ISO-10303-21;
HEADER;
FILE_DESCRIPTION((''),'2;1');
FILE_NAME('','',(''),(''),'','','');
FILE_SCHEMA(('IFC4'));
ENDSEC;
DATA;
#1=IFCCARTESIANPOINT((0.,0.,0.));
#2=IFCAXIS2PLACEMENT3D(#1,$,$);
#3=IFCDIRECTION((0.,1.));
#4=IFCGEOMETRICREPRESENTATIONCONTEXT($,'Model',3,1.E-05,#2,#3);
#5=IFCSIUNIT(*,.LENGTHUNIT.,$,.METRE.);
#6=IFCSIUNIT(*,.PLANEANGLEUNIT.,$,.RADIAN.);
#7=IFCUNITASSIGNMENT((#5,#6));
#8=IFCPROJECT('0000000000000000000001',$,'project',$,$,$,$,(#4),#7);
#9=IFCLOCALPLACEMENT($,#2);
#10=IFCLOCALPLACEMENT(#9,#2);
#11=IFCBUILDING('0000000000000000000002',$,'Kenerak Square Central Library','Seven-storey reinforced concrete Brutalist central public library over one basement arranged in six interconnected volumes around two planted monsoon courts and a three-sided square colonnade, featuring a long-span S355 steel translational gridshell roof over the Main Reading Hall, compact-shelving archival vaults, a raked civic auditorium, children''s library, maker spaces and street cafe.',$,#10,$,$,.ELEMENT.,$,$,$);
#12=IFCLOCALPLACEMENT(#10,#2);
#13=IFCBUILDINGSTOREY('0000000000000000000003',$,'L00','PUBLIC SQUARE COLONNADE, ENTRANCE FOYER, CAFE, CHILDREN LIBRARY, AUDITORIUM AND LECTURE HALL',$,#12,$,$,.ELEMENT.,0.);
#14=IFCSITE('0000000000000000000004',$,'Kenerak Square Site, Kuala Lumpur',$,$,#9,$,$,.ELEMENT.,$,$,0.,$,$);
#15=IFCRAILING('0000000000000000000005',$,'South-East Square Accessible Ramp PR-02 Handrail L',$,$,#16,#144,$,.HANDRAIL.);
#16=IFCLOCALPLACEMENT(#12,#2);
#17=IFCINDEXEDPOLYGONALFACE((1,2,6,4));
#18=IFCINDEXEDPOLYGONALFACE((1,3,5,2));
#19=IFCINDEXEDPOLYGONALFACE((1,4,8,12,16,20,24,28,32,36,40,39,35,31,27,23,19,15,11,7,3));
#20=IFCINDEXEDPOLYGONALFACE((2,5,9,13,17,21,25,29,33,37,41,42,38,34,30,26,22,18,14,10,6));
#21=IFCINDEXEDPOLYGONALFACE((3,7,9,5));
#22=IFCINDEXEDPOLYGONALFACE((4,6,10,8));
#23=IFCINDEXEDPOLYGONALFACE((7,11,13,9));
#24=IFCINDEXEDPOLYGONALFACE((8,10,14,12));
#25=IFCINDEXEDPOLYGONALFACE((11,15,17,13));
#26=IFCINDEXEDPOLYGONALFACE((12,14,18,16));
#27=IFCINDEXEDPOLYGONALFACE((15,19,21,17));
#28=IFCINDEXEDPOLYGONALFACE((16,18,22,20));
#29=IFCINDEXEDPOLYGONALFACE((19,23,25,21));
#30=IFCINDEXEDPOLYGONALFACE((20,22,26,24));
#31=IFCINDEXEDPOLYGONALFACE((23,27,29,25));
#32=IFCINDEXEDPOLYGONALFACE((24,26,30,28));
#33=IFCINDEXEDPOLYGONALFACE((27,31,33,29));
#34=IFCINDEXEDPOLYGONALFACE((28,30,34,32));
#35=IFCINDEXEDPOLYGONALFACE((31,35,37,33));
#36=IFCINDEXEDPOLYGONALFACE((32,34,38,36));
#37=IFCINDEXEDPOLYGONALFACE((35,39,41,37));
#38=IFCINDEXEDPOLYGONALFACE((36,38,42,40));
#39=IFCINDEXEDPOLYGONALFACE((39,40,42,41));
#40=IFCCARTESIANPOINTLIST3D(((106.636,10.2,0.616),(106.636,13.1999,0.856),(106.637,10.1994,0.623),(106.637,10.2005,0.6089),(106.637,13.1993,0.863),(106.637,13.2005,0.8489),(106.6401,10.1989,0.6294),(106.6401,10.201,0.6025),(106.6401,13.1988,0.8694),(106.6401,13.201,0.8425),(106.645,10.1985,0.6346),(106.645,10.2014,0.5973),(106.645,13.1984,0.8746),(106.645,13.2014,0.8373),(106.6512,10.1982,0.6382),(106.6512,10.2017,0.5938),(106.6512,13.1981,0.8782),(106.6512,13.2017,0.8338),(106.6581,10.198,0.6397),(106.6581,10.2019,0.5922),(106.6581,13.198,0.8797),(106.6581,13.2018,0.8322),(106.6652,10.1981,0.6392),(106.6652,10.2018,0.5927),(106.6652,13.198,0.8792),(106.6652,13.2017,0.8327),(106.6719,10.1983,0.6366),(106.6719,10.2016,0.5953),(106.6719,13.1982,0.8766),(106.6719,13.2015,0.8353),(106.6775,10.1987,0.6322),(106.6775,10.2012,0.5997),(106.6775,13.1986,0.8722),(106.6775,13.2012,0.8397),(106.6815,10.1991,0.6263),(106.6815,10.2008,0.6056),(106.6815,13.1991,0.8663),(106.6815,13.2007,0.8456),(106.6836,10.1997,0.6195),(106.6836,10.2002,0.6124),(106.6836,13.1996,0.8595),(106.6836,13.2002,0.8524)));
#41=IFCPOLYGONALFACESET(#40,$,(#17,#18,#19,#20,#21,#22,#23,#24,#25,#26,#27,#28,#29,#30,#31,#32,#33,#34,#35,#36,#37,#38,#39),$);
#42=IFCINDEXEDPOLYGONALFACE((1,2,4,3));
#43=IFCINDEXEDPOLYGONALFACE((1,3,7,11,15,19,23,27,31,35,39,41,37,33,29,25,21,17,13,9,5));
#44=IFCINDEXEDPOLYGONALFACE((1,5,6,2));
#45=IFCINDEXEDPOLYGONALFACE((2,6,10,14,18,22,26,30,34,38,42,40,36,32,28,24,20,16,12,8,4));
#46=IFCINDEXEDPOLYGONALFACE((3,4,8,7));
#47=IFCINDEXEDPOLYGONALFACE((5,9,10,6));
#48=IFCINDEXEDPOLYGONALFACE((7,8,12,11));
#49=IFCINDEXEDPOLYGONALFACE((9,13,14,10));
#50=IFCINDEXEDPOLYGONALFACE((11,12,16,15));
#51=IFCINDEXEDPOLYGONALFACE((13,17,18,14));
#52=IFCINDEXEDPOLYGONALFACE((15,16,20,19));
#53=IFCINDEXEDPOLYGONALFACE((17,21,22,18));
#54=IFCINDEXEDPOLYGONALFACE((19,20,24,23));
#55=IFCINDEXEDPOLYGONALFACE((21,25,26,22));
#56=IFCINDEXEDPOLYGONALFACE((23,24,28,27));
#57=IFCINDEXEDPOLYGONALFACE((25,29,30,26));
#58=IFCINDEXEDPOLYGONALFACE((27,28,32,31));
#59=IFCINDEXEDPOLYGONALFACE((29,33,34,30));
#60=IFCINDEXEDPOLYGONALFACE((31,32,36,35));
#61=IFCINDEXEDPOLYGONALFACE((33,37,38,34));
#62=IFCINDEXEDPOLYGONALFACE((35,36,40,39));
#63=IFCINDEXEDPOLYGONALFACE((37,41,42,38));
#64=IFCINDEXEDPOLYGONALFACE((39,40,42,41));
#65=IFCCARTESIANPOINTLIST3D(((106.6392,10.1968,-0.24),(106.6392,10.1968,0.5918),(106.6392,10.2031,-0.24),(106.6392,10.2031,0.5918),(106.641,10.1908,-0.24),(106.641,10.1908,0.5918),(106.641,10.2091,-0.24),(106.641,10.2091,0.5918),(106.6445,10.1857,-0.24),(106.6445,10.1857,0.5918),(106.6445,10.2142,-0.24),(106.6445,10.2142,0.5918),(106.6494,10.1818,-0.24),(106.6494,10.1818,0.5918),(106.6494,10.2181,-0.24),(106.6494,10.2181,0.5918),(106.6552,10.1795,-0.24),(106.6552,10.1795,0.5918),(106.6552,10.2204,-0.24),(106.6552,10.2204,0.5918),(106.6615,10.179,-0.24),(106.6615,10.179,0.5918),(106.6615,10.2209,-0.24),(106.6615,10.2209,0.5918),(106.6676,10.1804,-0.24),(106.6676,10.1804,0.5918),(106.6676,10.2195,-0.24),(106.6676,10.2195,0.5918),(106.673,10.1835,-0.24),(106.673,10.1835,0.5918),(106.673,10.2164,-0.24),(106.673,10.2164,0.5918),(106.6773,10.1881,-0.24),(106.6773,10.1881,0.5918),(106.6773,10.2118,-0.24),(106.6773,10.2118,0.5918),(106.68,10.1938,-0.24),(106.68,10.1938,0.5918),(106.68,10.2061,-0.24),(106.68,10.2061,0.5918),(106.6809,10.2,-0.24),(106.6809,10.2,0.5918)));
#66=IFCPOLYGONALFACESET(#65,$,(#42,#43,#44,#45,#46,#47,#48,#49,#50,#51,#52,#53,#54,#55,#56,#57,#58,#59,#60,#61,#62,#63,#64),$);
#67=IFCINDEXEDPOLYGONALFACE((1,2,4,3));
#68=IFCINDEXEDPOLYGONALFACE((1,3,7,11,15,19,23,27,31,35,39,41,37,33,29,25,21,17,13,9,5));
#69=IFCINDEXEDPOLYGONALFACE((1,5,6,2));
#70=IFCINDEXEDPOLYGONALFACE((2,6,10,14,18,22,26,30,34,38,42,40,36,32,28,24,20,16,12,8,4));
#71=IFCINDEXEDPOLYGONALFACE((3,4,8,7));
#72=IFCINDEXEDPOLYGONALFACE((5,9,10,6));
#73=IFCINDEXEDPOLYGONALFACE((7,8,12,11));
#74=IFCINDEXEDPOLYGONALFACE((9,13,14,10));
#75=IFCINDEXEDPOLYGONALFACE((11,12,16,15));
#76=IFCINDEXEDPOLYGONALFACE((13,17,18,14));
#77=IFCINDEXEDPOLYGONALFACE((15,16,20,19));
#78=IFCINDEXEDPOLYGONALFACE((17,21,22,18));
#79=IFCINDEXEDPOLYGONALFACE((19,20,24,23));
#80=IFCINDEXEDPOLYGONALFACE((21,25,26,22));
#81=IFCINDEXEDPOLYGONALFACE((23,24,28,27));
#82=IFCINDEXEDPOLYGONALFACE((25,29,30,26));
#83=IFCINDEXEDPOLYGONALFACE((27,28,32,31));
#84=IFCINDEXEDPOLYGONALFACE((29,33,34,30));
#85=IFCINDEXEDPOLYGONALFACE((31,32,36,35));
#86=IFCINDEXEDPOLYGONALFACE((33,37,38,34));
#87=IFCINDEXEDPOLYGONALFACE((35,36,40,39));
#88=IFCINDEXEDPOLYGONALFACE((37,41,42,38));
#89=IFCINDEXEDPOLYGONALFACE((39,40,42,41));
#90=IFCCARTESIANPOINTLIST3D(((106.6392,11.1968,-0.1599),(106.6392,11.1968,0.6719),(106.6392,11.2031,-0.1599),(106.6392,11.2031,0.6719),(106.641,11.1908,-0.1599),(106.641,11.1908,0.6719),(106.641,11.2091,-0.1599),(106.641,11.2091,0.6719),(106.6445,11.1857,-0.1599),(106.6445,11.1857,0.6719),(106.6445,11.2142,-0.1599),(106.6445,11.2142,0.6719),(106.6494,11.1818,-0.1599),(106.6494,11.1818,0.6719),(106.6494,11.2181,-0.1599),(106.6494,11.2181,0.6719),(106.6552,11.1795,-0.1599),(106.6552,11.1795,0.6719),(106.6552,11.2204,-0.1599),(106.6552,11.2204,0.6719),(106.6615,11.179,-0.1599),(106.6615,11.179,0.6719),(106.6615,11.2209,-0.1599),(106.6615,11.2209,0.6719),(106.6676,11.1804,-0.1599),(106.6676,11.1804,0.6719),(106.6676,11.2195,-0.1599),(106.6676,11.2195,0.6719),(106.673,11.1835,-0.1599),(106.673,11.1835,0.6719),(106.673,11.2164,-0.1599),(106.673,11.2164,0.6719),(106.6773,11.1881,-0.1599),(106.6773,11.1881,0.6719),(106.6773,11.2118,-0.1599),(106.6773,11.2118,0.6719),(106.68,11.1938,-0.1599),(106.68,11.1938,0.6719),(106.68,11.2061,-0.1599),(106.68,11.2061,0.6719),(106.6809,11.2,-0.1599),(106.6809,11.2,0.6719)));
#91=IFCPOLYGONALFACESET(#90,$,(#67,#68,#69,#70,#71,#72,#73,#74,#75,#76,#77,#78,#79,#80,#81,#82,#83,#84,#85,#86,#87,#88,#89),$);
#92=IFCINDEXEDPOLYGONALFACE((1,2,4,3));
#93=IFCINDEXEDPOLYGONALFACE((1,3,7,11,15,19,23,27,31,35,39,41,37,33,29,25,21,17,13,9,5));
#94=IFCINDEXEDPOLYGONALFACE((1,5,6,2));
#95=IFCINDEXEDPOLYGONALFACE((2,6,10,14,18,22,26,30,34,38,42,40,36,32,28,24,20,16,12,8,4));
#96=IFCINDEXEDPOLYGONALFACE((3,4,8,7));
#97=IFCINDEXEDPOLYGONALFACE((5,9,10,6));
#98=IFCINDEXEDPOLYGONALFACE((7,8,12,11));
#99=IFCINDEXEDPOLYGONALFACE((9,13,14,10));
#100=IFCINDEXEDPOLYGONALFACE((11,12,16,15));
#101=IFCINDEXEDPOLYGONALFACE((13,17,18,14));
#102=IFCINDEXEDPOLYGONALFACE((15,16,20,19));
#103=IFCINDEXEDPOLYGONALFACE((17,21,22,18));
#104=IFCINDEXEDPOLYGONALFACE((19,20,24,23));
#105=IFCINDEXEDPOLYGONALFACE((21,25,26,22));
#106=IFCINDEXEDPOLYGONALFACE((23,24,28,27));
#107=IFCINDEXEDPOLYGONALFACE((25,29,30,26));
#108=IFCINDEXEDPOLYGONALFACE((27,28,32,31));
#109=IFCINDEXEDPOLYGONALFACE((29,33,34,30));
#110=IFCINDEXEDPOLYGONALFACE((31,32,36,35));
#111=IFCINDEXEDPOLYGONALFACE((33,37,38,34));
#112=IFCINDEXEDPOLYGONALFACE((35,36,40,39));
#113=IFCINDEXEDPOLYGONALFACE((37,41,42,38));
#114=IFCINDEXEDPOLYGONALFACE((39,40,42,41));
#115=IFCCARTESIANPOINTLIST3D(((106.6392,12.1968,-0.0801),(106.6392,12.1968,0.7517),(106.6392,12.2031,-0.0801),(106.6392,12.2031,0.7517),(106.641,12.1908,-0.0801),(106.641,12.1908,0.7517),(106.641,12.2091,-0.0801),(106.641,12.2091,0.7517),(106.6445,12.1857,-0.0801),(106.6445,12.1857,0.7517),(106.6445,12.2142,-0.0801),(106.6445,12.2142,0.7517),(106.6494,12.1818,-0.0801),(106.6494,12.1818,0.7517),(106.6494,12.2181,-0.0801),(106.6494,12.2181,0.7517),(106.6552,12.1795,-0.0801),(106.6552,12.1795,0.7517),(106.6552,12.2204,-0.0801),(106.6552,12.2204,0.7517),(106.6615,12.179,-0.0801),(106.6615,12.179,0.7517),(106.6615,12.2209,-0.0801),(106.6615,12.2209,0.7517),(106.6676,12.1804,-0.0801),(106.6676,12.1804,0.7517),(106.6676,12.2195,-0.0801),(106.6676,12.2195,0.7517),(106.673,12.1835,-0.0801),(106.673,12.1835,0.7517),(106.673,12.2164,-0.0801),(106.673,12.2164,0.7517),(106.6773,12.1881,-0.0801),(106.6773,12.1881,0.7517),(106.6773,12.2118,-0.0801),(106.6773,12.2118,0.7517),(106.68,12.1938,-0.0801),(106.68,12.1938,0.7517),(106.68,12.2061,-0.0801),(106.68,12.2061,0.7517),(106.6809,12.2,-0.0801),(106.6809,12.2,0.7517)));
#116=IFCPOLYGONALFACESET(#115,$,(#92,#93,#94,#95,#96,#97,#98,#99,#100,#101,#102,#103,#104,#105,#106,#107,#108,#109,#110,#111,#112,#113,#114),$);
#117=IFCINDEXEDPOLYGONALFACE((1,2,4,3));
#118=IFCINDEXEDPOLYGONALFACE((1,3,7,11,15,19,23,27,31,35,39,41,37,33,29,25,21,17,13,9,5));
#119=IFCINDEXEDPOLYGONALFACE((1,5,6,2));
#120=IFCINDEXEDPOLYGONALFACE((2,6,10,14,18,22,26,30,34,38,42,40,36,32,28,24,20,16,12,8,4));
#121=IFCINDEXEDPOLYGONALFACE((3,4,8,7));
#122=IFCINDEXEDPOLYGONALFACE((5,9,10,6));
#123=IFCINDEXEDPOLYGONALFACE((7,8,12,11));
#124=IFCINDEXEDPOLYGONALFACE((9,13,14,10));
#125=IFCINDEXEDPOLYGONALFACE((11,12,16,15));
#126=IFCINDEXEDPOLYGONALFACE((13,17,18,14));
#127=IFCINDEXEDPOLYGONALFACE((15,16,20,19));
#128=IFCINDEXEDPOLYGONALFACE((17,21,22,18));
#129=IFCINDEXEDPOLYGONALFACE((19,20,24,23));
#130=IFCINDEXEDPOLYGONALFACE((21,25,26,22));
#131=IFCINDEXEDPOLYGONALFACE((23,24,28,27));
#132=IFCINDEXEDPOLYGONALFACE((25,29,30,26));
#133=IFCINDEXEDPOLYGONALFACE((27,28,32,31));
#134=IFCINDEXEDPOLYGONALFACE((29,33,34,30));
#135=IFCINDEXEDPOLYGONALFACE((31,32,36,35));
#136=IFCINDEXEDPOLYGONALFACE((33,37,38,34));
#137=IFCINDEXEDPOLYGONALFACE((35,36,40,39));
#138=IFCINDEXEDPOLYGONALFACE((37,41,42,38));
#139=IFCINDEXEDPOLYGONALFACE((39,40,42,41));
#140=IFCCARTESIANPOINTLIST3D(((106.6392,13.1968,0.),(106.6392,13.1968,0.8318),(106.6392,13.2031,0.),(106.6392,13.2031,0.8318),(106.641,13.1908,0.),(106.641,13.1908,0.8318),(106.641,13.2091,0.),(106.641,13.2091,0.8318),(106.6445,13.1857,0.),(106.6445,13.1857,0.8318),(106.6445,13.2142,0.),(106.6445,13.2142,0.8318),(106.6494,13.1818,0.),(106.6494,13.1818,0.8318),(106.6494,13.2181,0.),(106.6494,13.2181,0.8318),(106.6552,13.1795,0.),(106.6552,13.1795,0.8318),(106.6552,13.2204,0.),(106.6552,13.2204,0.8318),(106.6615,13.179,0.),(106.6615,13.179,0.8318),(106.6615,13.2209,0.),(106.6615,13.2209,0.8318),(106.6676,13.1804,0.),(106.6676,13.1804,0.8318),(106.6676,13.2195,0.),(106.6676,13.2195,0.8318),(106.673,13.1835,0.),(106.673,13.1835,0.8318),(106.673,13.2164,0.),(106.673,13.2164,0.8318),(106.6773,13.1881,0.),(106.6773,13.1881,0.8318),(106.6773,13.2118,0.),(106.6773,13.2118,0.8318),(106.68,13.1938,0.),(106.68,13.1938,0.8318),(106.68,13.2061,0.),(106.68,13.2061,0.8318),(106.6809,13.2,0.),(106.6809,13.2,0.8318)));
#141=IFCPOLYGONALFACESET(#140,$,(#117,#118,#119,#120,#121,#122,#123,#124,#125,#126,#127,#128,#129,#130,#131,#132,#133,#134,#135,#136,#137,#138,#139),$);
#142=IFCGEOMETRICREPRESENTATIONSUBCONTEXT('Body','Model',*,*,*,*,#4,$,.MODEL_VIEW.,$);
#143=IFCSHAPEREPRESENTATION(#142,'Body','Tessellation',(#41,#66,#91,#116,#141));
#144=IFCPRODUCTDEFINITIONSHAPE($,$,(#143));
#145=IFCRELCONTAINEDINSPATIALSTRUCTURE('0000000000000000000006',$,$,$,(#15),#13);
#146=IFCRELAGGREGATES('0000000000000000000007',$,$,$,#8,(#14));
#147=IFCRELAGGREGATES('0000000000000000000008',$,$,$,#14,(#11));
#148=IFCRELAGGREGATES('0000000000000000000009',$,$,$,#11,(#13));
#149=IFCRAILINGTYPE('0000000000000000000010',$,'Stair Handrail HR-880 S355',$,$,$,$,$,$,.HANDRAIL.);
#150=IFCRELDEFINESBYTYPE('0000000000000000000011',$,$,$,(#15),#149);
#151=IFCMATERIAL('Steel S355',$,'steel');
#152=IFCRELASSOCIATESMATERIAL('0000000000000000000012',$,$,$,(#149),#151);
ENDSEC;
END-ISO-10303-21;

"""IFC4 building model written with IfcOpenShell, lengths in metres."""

from ifc_helpers import new_model, si_unit, direction, frame, origin, origin_2d, place, context, subcontext, project, spatial, circle, extrude, material, type_object, element, save


model = new_model("IFC4")

# Units and contexts
model_context = context("Model", 3, precision=1e-05, world=origin(), true_north=direction((0.0, 1.0)))
body_context = subcontext(model_context, "Body", "Model", "MODEL_VIEW")
ifc_project = project(units=[si_unit("LENGTHUNIT", "METRE"), si_unit("PLANEANGLEUNIT", "RADIAN")], contexts=[model_context])

# Site, building, storey
site_placement = place(None, origin())
site = spatial("IfcSite", under=ifc_project, at=site_placement, Name="Kenerak Square Site, Kuala Lumpur", CompositionType="ELEMENT", RefElevation=0.0)
building_placement = place(site_placement, origin())
building = spatial("IfcBuilding", under=site, at=building_placement, Name="Kenerak Square Central Library", Description="Seven-storey reinforced concrete Brutalist central public library over one basement arranged in six interconnected volumes around two planted monsoon courts and a three-sided square colonnade, featuring a long-span S355 steel translational gridshell roof over the Main Reading Hall, compact-shelving archival vaults, a raked civic auditorium, children's library, maker spaces and street cafe.", CompositionType="ELEMENT")
storey_placement = place(building_placement, origin())
storey = spatial("IfcBuildingStorey", under=building, at=storey_placement, Name="L00", Description="PUBLIC SQUARE COLONNADE, ENTRANCE FOYER, CAFE, CHILDREN LIBRARY, AUDITORIUM AND LECTURE HALL", CompositionType="ELEMENT", Elevation=0.0)

# Shared definitions
ifc_material_1 = material(Name="Steel S355", Category="steel")

# Railing
railing_type = type_object("IfcRailingType", Name="Stair Handrail HR-880 S355", PredefinedType="HANDRAIL", material=ifc_material_1)
for number, where, name in (
    (1, (106.6599, 10.2, -0.24), "South-East Square Accessible Ramp PR-02 Handrail L"),
):
    element("IfcRailing", number, at=place(storey_placement, frame(where)), inside=storey, type_object=railing_type, Name=name, PredefinedType="HANDRAIL", context=body_context, shape_type="SweptSolid", body=[
        extrude(circle(Radius=0.0239, at=origin_2d()), frame((0.0, 0.0, 0.856), z_axis=(0.0, 0.996816, 0.079742), x_axis=(-1.0, 0.0, 0.0)), (0.0, 0.0, 1.0), 3.0095),
        extrude(circle(Radius=0.021, at=origin_2d()), origin(), (0.0, 0.0, 1.0), 0.8318),
        extrude(circle(Radius=0.021, at=origin_2d()), frame((0.0, 1.0, 0.0801)), (0.0, 0.0, 1.0), 0.8318),
        extrude(circle(Radius=0.021, at=origin_2d()), frame((0.0, 2.0, 0.1599)), (0.0, 0.0, 1.0), 0.8318),
        extrude(circle(Radius=0.021, at=origin_2d()), frame((0.0, 3.0, 0.24)), (0.0, 0.0, 1.0), 0.8318),
    ])

save(model, "model.ifc")
